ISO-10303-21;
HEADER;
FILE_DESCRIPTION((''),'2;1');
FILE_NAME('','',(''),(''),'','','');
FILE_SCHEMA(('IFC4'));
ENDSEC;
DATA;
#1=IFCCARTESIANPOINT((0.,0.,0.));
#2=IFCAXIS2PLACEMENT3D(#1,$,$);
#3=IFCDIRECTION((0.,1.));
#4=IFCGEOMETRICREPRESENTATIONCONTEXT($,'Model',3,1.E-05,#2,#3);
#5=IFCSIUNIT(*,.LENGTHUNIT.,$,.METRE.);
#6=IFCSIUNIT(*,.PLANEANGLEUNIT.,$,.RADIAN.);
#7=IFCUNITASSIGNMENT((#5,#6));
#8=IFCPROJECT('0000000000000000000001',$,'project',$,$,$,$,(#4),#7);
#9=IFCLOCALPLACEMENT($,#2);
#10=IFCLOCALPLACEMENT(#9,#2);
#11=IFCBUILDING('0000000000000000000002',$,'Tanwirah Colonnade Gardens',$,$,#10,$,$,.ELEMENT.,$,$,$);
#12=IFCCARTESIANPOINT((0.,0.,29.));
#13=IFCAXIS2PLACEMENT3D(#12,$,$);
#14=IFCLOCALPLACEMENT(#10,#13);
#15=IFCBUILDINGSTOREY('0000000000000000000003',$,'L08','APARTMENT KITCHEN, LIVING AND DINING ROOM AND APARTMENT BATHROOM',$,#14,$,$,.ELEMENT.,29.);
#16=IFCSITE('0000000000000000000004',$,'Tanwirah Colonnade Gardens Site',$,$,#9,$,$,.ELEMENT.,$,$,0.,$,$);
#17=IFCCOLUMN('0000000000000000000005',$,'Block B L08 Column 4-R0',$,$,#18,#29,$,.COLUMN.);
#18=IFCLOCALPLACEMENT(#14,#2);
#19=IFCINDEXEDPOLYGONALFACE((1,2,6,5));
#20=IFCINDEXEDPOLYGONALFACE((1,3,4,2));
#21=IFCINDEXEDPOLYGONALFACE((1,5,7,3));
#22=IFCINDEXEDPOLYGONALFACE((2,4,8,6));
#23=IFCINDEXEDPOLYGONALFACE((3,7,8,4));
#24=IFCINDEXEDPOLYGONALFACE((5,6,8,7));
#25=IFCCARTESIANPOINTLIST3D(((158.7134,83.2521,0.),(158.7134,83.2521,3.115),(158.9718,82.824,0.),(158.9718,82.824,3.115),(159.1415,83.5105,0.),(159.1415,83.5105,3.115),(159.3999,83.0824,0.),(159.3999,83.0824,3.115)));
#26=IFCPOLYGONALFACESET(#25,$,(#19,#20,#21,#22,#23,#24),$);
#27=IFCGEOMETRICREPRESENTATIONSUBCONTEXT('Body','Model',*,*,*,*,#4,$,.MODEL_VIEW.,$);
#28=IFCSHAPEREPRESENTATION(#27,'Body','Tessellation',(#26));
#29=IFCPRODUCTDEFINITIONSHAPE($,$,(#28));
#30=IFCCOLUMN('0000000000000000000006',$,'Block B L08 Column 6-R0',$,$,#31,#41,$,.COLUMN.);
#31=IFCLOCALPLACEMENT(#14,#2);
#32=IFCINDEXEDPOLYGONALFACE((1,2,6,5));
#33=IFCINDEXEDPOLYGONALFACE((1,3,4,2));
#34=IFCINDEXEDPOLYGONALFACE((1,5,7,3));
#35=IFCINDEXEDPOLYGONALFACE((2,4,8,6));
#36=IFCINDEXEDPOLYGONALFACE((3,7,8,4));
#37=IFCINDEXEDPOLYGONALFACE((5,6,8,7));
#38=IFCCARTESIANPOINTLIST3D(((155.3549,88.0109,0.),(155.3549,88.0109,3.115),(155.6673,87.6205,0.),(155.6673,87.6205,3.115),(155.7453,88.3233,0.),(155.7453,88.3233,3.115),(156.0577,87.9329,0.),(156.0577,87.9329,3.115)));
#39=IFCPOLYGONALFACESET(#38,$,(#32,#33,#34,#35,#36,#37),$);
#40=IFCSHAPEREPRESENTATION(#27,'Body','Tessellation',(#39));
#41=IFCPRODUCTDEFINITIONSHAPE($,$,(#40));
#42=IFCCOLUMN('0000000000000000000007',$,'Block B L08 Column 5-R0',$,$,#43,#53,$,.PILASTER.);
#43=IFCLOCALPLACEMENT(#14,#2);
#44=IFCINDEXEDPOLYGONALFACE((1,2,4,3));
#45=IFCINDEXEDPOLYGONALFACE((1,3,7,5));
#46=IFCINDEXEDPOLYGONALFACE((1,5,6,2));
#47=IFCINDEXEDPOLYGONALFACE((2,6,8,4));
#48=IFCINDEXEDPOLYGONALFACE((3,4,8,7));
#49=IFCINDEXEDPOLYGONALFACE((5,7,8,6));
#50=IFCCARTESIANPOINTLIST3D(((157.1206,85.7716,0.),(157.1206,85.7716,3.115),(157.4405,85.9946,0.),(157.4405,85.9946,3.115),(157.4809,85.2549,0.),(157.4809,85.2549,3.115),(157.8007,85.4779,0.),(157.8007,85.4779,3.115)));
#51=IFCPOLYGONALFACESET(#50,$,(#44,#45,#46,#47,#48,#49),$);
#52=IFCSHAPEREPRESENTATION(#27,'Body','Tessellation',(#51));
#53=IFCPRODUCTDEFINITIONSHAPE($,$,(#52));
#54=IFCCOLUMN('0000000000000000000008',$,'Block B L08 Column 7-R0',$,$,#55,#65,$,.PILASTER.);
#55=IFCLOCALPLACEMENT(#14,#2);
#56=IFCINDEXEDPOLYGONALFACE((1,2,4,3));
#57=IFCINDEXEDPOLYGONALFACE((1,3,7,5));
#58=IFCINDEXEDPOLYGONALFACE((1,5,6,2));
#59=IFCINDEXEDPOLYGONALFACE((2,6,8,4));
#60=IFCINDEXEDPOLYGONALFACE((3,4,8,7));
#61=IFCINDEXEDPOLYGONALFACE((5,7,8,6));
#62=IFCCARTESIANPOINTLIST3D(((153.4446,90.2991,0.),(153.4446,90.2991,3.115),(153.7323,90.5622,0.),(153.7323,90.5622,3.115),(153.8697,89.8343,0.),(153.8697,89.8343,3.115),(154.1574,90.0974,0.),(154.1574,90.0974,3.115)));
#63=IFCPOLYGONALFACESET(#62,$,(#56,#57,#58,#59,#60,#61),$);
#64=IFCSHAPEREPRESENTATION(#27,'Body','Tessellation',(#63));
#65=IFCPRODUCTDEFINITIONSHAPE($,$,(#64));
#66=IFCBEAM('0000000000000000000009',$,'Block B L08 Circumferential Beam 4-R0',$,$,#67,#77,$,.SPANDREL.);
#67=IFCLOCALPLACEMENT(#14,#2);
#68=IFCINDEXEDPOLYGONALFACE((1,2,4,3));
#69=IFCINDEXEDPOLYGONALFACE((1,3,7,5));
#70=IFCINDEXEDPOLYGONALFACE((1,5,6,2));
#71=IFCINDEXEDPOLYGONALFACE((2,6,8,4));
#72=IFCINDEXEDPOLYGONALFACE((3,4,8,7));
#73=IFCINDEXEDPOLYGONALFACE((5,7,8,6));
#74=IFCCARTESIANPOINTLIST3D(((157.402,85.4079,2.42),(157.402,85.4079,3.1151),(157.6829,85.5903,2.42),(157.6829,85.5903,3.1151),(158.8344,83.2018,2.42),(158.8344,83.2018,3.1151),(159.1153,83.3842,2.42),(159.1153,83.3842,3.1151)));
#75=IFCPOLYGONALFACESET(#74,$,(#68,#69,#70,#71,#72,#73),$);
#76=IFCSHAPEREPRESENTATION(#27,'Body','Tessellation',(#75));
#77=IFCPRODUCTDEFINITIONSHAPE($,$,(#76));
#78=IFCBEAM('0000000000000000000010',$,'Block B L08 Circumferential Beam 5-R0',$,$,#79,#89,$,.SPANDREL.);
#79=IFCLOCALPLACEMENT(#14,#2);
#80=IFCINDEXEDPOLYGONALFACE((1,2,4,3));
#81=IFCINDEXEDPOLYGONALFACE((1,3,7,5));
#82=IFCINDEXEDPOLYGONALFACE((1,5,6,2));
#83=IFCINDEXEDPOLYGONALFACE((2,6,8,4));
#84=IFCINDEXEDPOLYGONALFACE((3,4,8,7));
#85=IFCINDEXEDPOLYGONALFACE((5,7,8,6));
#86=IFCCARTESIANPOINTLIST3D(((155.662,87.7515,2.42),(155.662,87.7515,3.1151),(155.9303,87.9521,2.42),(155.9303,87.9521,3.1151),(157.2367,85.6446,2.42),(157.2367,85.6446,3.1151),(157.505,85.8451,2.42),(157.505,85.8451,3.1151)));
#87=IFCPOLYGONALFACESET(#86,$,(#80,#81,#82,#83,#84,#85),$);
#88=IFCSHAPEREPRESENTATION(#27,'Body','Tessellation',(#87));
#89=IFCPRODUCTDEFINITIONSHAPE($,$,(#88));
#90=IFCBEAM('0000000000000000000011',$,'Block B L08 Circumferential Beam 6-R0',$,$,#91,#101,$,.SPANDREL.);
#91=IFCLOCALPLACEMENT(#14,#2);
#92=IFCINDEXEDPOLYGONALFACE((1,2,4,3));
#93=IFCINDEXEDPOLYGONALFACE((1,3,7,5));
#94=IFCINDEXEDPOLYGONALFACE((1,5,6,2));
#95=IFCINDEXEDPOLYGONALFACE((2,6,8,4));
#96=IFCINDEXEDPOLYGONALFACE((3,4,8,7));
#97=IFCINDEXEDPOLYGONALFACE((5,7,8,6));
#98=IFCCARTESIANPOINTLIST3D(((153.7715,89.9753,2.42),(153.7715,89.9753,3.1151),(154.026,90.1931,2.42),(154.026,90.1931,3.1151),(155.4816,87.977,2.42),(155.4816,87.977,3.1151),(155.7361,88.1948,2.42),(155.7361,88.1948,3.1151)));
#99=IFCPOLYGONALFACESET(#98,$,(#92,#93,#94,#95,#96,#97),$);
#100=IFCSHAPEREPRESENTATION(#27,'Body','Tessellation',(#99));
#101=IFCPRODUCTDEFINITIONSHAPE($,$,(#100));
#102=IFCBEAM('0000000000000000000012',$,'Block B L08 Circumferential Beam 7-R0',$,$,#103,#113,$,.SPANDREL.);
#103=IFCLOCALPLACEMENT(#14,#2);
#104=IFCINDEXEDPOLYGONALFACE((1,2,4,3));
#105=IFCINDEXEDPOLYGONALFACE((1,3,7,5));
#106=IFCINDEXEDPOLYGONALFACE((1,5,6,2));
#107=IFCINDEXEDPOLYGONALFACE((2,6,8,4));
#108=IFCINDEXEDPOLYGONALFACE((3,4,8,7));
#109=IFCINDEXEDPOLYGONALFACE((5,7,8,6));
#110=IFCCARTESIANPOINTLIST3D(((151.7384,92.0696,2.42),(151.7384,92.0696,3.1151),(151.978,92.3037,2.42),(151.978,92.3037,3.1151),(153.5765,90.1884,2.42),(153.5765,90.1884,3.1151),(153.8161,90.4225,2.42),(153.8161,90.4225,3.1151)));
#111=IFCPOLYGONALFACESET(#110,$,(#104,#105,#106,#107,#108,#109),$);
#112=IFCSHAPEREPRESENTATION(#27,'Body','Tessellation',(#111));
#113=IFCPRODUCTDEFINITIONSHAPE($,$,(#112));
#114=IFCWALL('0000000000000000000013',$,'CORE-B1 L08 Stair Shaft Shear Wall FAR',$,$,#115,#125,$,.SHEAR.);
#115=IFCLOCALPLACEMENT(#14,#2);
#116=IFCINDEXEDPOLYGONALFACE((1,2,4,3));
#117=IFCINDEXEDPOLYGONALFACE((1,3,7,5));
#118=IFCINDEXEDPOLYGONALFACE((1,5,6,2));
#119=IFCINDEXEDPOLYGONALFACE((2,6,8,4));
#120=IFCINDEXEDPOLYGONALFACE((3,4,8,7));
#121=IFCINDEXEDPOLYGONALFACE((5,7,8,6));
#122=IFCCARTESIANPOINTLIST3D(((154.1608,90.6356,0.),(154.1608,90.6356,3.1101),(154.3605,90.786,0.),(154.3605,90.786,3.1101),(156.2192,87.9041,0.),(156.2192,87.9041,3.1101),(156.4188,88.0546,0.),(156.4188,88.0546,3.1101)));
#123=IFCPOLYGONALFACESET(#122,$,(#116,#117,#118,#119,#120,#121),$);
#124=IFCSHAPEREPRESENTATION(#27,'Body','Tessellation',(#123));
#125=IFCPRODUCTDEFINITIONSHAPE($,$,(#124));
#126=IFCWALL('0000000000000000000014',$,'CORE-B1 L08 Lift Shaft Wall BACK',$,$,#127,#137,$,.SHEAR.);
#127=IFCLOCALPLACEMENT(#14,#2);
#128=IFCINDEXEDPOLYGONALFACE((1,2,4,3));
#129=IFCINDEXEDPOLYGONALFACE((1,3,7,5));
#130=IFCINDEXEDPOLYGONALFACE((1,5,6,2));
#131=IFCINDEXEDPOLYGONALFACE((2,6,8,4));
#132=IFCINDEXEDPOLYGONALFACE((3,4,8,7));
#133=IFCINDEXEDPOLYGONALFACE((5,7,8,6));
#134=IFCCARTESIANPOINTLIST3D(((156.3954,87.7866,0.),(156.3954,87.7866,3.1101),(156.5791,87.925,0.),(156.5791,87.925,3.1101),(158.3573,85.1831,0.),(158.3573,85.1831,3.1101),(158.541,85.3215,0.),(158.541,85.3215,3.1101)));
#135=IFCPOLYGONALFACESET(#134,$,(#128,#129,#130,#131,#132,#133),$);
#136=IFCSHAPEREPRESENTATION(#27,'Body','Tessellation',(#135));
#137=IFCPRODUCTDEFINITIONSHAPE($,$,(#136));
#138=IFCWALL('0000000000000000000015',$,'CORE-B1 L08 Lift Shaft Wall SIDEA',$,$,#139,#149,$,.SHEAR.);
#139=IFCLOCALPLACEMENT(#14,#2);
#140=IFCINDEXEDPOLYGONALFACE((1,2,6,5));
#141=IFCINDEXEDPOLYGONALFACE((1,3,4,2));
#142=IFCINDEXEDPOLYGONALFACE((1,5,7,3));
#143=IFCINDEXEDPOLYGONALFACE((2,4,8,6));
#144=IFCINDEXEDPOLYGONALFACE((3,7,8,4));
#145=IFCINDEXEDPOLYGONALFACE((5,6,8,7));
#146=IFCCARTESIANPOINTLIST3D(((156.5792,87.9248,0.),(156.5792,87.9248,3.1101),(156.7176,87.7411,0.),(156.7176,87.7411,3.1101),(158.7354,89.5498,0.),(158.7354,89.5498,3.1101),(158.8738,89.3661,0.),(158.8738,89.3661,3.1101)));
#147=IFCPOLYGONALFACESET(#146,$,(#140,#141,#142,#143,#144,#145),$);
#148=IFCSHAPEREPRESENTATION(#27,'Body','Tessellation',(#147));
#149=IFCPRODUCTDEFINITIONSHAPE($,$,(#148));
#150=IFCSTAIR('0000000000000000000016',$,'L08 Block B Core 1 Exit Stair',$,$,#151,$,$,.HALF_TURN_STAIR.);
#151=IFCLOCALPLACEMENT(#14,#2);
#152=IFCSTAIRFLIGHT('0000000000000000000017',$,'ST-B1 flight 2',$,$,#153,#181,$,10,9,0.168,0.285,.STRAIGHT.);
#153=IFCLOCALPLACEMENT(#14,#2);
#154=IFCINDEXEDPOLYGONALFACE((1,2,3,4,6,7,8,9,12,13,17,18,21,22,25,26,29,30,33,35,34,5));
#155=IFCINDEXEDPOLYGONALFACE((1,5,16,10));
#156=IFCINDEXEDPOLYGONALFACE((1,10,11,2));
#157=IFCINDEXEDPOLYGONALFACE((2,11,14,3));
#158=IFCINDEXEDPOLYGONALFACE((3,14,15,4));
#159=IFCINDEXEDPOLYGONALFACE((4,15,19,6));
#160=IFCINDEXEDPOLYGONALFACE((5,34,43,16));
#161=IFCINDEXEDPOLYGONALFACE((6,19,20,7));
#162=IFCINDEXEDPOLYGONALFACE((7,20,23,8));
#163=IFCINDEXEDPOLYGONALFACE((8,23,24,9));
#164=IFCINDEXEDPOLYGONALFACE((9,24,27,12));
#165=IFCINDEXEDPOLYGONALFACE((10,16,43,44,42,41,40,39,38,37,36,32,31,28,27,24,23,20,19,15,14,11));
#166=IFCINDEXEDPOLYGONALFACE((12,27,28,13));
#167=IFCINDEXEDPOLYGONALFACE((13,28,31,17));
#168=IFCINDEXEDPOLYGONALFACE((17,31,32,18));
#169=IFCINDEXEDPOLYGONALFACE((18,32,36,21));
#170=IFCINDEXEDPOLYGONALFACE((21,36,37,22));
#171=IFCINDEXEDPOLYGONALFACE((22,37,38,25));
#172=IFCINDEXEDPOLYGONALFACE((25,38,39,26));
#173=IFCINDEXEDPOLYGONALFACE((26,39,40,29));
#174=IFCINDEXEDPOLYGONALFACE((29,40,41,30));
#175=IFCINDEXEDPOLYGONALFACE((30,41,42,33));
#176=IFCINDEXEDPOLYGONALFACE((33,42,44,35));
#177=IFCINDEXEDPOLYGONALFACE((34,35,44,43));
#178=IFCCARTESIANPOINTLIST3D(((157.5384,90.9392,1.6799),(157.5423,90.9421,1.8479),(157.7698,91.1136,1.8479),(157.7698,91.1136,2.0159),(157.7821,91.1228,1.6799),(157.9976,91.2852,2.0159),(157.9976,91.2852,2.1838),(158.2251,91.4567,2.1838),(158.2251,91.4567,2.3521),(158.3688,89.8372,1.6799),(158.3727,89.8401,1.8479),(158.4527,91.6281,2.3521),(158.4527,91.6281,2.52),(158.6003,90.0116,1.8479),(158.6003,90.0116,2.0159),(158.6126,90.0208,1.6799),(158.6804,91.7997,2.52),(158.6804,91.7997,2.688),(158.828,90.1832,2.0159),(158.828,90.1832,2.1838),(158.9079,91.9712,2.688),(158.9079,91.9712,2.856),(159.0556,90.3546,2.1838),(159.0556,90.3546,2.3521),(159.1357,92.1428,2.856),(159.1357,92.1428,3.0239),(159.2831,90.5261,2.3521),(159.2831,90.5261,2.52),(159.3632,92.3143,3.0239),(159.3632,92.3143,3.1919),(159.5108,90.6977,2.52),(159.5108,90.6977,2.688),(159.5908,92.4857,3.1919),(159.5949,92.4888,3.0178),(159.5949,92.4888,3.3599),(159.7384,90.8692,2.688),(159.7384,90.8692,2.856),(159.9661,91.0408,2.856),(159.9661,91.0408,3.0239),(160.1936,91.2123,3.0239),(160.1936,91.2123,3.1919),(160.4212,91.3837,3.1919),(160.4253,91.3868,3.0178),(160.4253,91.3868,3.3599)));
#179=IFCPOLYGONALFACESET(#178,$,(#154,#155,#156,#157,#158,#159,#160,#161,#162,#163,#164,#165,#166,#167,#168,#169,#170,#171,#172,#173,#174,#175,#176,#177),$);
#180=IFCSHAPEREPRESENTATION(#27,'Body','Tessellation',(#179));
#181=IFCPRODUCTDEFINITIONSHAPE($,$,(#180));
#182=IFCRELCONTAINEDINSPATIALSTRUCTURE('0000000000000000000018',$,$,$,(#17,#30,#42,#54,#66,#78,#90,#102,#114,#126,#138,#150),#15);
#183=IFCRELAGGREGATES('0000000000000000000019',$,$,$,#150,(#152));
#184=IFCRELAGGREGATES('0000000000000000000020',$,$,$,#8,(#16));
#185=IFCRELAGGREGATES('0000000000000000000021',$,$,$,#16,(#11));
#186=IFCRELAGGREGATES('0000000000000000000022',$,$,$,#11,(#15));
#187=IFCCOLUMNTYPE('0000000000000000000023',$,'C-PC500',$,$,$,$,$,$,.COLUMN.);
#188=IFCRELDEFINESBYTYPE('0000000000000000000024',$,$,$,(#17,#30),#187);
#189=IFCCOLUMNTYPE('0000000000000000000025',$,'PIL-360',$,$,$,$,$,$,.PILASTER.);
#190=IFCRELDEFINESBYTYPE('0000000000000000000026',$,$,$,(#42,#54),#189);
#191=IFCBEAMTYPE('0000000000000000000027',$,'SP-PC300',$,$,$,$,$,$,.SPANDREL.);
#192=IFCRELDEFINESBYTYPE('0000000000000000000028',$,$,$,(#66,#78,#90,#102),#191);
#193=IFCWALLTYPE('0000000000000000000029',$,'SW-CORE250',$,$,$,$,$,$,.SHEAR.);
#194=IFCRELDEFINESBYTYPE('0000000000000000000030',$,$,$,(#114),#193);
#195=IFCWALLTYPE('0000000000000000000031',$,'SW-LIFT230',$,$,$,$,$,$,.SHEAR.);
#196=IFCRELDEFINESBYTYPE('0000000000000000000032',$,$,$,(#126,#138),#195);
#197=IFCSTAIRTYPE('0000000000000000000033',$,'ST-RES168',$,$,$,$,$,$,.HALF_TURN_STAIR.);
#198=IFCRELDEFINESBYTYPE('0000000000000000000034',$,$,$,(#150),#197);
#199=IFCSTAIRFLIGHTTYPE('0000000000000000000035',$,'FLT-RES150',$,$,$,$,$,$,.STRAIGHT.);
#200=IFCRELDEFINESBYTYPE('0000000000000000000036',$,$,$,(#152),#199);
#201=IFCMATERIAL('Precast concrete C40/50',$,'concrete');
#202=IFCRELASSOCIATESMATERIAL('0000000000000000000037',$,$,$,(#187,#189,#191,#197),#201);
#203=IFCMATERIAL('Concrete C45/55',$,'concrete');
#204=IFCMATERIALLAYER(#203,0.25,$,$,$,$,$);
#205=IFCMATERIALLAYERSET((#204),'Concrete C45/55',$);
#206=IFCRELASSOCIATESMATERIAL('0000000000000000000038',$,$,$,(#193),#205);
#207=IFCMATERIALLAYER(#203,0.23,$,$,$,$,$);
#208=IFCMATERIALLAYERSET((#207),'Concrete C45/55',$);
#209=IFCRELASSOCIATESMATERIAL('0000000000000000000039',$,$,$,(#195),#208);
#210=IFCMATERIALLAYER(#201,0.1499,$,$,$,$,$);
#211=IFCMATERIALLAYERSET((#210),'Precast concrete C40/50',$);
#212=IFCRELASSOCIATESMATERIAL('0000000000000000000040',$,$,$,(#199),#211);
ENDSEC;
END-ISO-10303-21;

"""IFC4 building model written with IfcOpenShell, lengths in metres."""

from ifc_helpers import new_model, si_unit, direction, frame, frame_2d, origin, origin_2d, place, context, subcontext, project, spatial, polyline, rectangle, outline, extrude, material, layer, layer_set, material_profile, profile_set, type_object, element, aggregate, save


model = new_model("IFC4")

# Units and contexts
model_context = context("Model", 3, precision=1e-05, world=origin(), true_north=direction((0.0, 1.0)))
body_context = subcontext(model_context, "Body", "Model", "MODEL_VIEW")
ifc_project = project(units=[si_unit("LENGTHUNIT", "METRE"), si_unit("PLANEANGLEUNIT", "RADIAN")], contexts=[model_context])

# Site, building, storey
site_placement = place(None, origin())
site = spatial("IfcSite", under=ifc_project, at=site_placement, Name="Tanwirah Colonnade Gardens Site", CompositionType="ELEMENT", RefElevation=0.0)
building_placement = place(site_placement, origin())
building = spatial("IfcBuilding", under=site, at=building_placement, Name="Tanwirah Colonnade Gardens", CompositionType="ELEMENT")
storey_placement = place(building_placement, frame((0.0, 0.0, 29.0)))
storey = spatial("IfcBuildingStorey", under=building, at=storey_placement, Name="L08", Description="APARTMENT KITCHEN, LIVING AND DINING ROOM AND APARTMENT BATHROOM", CompositionType="ELEMENT", Elevation=29.0)

# Columns
ifc_material_1 = material(Name="Precast concrete C40/50", Category="concrete")
ifc_material_profile_1 = material_profile(ifc_material_1, rectangle(XDim=0.5, YDim=0.5, at=origin_2d()), Name="PC-COL 500x500")
ifc_profile_set_1 = profile_set([ifc_material_profile_1], Name="Precast concrete C40/50")
column_type_1 = type_object("IfcColumnType", Name="C-PC500", PredefinedType="COLUMN", material=ifc_profile_set_1)
for number, where, z_axis, x_axis, name in (
    (1, (159.0566, 83.1672, 0.0), (0.0, 0.0, 1.0), (0.856167, 0.516699, 0.0), "Block B L08 Column 4-R0"),
    (2, (155.7063, 87.9719, 0.0), (0.0, 0.0, 1.0), (0.780794, 0.624789, 0.0), "Block B L08 Column 6-R0"),
):
    element("IfcColumn", number, at=place(storey_placement, frame(where, z_axis=z_axis, x_axis=x_axis)), inside=storey, type_object=column_type_1, Name=name, PredefinedType="COLUMN", context=body_context, shape_type="SweptSolid", body=[
        extrude(rectangle(XDim=0.5, YDim=0.5, at=origin_2d()), origin(), (0.0, 0.0, 1.0), 3.115),
    ])
ifc_material_profile_2 = material_profile(ifc_material_1, rectangle(XDim=0.3899, YDim=0.6299, at=origin_2d()), Name="PC-PIL 390x630")
ifc_profile_set_2 = profile_set([ifc_material_profile_2], Name="Precast concrete C40/50")
column_type_2 = type_object("IfcColumnType", Name="PIL-360", PredefinedType="PILASTER", material=ifc_profile_set_2)
for number, where, z_axis, x_axis, name in (
    (3, (157.4607, 85.6248, 0.0), (0.0, 0.0, 1.0), (0.820263, 0.571987, 0.0), "Block B L08 Column 5-R0"),
    (4, (153.801, 90.1982, 0.0), (0.0, 0.0, 1.0), (0.737932, 0.674875, 0.0), "Block B L08 Column 7-R0"),
):
    element("IfcColumn", number, at=place(storey_placement, frame(where, z_axis=z_axis, x_axis=x_axis)), inside=storey, type_object=column_type_2, Name=name, PredefinedType="PILASTER", context=body_context, shape_type="SweptSolid", body=[
        extrude(rectangle(XDim=0.3899, YDim=0.6299, at=origin_2d()), origin(), (0.0, 0.0, 1.0), 3.115),
    ])

# Beams
ifc_material_profile_3 = material_profile(ifc_material_1, rectangle(XDim=0.335, YDim=0.6951, at=origin_2d()), Name="PC-SP 335x695")
ifc_profile_set_3 = profile_set([ifc_material_profile_3], Name="Precast concrete C40/50")
beam_type = type_object("IfcBeamType", Name="SP-PC300", PredefinedType="SPANDREL", material=ifc_profile_set_3)
for number, where, z_axis, x_axis, name in (
    (5, (158.9749, 83.293, 2.7676), (-0.544571, 0.838715, 0.0), (-0.838715, -0.544571, 0.0), "Block B L08 Circumferential Beam 4-R0"),
    (6, (157.3708, 85.7449, 2.7676), (-0.598663, 0.801001, 0.0), (-0.801001, -0.598663, 0.0), "Block B L08 Circumferential Beam 5-R0"),
):
    element("IfcBeam", number, at=place(storey_placement, frame(where, z_axis=z_axis, x_axis=x_axis)), inside=storey, type_object=beam_type, Name=name, PredefinedType="SPANDREL", context=body_context, shape_type="SweptSolid", body=[
        extrude(rectangle(XDim=0.335, YDim=0.6951, at=origin_2d()), origin(), (0.0, 0.0, 1.0), 2.6304),
    ])
for number, where, z_axis, x_axis, name in (
    (7, (155.6089, 88.0859, 2.7676), (-0.650218, 0.759748, 0.0), (-0.759748, -0.650218, 0.0), "Block B L08 Circumferential Beam 6-R0"),
    (8, (153.6963, 90.3054, 2.7676), (-0.698844, 0.715274, 0.0), (-0.715274, -0.698844, 0.0), "Block B L08 Circumferential Beam 7-R0"),
):
    element("IfcBeam", number, at=place(storey_placement, frame(where, z_axis=z_axis, x_axis=x_axis)), inside=storey, type_object=beam_type, Name=name, PredefinedType="SPANDREL", context=body_context, shape_type="SweptSolid", body=[
        extrude(rectangle(XDim=0.335, YDim=0.6951, at=origin_2d()), origin(), (0.0, 0.0, 1.0), 2.6301),
    ])

# Wall
ifc_material_2 = material(Name="Concrete C45/55", Category="concrete")
ifc_layer_1 = layer(ifc_material_2, 0.25)
ifc_layer_set_1 = layer_set([ifc_layer_1], Name="Concrete C45/55")
wall_type_1 = type_object("IfcWallType", Name="SW-CORE250", PredefinedType="SHEAR", material=ifc_layer_set_1)
wall_1_placement = place(storey_placement, frame((154.2607, 90.7107, 0.0), z_axis=(0.0, 0.0, 1.0), x_axis=(0.601826, -0.798627, 0.0)))
element("IfcWall", 9, at=wall_1_placement, inside=storey, type_object=wall_type_1, Name="CORE-B1 L08 Stair Shaft Shear Wall FAR", PredefinedType="SHEAR", context=body_context, shape_type="SweptSolid", body=[
    extrude(rectangle(XDim=3.4202, YDim=0.25, at=frame_2d((1.71, 0.0))), origin(), (0.0, 0.0, 1.0), 3.1101),
])

# Shared definitions
ifc_layer_2 = layer(ifc_material_2, 0.23)
ifc_layer_set_2 = layer_set([ifc_layer_2], Name="Concrete C45/55")
wall_type_2 = type_object("IfcWallType", Name="SW-LIFT230", PredefinedType="SHEAR", material=ifc_layer_set_2)

# Walls
wall_2_placement = place(storey_placement, frame((156.4873, 87.8557, 0.0), z_axis=(0.0, 0.0, 1.0), x_axis=(0.60182, -0.798632, 0.0)))
element("IfcWall", 10, at=wall_2_placement, inside=storey, type_object=wall_type_2, Name="CORE-B1 L08 Lift Shaft Wall BACK", PredefinedType="SHEAR", context=body_context, shape_type="SweptSolid", body=[
    extrude(rectangle(XDim=3.26, YDim=0.23, at=frame_2d((1.6299, 0.0))), origin(), (0.0, 0.0, 1.0), 3.1101),
])
wall_3_placement = place(storey_placement, frame((158.8047, 89.458, 0.0), z_axis=(0.0, 0.0, 1.0), x_axis=(-0.798609, -0.60185, 0.0)))
element("IfcWall", 11, at=wall_3_placement, inside=storey, type_object=wall_type_2, Name="CORE-B1 L08 Lift Shaft Wall SIDEA", PredefinedType="SHEAR", context=body_context, shape_type="SweptSolid", body=[
    extrude(rectangle(XDim=2.7, YDim=0.23, at=frame_2d((1.3501, 0.0))), origin(), (0.0, 0.0, 1.0), 3.1101),
])

# Stair, stair flight
stair_type = type_object("IfcStairType", Name="ST-RES168", PredefinedType="HALF_TURN_STAIR", material=ifc_material_1)
stair_placement = place(storey_placement, origin())
stair = element("IfcStair", 12, at=stair_placement, inside=storey, type_object=stair_type, Name="L08 Block B Core 1 Exit Stair", PredefinedType="HALF_TURN_STAIR")
ifc_layer_3 = layer(ifc_material_1, 0.1499)
ifc_layer_set_3 = layer_set([ifc_layer_3], Name="Precast concrete C40/50")
stair_flight_type = type_object("IfcStairFlightType", Name="FLT-RES150", PredefinedType="STRAIGHT", material=ifc_layer_set_3)
stair_flight_placement = place(storey_placement, frame((157.9575, 90.3911, 1.6799), z_axis=(0.0, 0.0, 1.0), x_axis=(0.798636, 0.601815, 0.0)))
stair_flight = element("IfcStairFlight", 13, at=stair_flight_placement, type_object=stair_flight_type, Name="ST-B1 flight 2", NumberOfRisers=10, NumberOfTreads=9, PredefinedType="STRAIGHT", RiserHeight=0.168, TreadLength=0.285, context=body_context, shape_type="SweptSolid", body=[
    extrude(outline(polyline([(-0.0049, 0.0), (0.0, 0.168), (0.2849, 0.168), (0.2849, 0.3359), (0.5701, 0.3359), (0.5701, 0.5039), (0.855, 0.5039), (0.855, 0.6721), (1.1399, 0.6721), (1.1399, 0.8401), (1.425, 0.8401), (1.425, 1.0081), (1.71, 1.0081), (1.71, 1.176), (1.9951, 1.176), (1.9951, 1.344), (2.28, 1.344), (2.28, 1.512), (2.5649, 1.512), (2.5701, 1.6799), (2.5701, 1.3379), (0.3003, 0.0), (-0.0049, 0.0)])), frame((0.0, 0.6899, 0.0), z_axis=(0.0, -1.0, 0.0), x_axis=(1.0, 0.0, 0.0)), (0.0, 0.0, 1.0), 1.3799),
])
aggregate(stair, [stair_flight])

save(model, "model.ifc")
